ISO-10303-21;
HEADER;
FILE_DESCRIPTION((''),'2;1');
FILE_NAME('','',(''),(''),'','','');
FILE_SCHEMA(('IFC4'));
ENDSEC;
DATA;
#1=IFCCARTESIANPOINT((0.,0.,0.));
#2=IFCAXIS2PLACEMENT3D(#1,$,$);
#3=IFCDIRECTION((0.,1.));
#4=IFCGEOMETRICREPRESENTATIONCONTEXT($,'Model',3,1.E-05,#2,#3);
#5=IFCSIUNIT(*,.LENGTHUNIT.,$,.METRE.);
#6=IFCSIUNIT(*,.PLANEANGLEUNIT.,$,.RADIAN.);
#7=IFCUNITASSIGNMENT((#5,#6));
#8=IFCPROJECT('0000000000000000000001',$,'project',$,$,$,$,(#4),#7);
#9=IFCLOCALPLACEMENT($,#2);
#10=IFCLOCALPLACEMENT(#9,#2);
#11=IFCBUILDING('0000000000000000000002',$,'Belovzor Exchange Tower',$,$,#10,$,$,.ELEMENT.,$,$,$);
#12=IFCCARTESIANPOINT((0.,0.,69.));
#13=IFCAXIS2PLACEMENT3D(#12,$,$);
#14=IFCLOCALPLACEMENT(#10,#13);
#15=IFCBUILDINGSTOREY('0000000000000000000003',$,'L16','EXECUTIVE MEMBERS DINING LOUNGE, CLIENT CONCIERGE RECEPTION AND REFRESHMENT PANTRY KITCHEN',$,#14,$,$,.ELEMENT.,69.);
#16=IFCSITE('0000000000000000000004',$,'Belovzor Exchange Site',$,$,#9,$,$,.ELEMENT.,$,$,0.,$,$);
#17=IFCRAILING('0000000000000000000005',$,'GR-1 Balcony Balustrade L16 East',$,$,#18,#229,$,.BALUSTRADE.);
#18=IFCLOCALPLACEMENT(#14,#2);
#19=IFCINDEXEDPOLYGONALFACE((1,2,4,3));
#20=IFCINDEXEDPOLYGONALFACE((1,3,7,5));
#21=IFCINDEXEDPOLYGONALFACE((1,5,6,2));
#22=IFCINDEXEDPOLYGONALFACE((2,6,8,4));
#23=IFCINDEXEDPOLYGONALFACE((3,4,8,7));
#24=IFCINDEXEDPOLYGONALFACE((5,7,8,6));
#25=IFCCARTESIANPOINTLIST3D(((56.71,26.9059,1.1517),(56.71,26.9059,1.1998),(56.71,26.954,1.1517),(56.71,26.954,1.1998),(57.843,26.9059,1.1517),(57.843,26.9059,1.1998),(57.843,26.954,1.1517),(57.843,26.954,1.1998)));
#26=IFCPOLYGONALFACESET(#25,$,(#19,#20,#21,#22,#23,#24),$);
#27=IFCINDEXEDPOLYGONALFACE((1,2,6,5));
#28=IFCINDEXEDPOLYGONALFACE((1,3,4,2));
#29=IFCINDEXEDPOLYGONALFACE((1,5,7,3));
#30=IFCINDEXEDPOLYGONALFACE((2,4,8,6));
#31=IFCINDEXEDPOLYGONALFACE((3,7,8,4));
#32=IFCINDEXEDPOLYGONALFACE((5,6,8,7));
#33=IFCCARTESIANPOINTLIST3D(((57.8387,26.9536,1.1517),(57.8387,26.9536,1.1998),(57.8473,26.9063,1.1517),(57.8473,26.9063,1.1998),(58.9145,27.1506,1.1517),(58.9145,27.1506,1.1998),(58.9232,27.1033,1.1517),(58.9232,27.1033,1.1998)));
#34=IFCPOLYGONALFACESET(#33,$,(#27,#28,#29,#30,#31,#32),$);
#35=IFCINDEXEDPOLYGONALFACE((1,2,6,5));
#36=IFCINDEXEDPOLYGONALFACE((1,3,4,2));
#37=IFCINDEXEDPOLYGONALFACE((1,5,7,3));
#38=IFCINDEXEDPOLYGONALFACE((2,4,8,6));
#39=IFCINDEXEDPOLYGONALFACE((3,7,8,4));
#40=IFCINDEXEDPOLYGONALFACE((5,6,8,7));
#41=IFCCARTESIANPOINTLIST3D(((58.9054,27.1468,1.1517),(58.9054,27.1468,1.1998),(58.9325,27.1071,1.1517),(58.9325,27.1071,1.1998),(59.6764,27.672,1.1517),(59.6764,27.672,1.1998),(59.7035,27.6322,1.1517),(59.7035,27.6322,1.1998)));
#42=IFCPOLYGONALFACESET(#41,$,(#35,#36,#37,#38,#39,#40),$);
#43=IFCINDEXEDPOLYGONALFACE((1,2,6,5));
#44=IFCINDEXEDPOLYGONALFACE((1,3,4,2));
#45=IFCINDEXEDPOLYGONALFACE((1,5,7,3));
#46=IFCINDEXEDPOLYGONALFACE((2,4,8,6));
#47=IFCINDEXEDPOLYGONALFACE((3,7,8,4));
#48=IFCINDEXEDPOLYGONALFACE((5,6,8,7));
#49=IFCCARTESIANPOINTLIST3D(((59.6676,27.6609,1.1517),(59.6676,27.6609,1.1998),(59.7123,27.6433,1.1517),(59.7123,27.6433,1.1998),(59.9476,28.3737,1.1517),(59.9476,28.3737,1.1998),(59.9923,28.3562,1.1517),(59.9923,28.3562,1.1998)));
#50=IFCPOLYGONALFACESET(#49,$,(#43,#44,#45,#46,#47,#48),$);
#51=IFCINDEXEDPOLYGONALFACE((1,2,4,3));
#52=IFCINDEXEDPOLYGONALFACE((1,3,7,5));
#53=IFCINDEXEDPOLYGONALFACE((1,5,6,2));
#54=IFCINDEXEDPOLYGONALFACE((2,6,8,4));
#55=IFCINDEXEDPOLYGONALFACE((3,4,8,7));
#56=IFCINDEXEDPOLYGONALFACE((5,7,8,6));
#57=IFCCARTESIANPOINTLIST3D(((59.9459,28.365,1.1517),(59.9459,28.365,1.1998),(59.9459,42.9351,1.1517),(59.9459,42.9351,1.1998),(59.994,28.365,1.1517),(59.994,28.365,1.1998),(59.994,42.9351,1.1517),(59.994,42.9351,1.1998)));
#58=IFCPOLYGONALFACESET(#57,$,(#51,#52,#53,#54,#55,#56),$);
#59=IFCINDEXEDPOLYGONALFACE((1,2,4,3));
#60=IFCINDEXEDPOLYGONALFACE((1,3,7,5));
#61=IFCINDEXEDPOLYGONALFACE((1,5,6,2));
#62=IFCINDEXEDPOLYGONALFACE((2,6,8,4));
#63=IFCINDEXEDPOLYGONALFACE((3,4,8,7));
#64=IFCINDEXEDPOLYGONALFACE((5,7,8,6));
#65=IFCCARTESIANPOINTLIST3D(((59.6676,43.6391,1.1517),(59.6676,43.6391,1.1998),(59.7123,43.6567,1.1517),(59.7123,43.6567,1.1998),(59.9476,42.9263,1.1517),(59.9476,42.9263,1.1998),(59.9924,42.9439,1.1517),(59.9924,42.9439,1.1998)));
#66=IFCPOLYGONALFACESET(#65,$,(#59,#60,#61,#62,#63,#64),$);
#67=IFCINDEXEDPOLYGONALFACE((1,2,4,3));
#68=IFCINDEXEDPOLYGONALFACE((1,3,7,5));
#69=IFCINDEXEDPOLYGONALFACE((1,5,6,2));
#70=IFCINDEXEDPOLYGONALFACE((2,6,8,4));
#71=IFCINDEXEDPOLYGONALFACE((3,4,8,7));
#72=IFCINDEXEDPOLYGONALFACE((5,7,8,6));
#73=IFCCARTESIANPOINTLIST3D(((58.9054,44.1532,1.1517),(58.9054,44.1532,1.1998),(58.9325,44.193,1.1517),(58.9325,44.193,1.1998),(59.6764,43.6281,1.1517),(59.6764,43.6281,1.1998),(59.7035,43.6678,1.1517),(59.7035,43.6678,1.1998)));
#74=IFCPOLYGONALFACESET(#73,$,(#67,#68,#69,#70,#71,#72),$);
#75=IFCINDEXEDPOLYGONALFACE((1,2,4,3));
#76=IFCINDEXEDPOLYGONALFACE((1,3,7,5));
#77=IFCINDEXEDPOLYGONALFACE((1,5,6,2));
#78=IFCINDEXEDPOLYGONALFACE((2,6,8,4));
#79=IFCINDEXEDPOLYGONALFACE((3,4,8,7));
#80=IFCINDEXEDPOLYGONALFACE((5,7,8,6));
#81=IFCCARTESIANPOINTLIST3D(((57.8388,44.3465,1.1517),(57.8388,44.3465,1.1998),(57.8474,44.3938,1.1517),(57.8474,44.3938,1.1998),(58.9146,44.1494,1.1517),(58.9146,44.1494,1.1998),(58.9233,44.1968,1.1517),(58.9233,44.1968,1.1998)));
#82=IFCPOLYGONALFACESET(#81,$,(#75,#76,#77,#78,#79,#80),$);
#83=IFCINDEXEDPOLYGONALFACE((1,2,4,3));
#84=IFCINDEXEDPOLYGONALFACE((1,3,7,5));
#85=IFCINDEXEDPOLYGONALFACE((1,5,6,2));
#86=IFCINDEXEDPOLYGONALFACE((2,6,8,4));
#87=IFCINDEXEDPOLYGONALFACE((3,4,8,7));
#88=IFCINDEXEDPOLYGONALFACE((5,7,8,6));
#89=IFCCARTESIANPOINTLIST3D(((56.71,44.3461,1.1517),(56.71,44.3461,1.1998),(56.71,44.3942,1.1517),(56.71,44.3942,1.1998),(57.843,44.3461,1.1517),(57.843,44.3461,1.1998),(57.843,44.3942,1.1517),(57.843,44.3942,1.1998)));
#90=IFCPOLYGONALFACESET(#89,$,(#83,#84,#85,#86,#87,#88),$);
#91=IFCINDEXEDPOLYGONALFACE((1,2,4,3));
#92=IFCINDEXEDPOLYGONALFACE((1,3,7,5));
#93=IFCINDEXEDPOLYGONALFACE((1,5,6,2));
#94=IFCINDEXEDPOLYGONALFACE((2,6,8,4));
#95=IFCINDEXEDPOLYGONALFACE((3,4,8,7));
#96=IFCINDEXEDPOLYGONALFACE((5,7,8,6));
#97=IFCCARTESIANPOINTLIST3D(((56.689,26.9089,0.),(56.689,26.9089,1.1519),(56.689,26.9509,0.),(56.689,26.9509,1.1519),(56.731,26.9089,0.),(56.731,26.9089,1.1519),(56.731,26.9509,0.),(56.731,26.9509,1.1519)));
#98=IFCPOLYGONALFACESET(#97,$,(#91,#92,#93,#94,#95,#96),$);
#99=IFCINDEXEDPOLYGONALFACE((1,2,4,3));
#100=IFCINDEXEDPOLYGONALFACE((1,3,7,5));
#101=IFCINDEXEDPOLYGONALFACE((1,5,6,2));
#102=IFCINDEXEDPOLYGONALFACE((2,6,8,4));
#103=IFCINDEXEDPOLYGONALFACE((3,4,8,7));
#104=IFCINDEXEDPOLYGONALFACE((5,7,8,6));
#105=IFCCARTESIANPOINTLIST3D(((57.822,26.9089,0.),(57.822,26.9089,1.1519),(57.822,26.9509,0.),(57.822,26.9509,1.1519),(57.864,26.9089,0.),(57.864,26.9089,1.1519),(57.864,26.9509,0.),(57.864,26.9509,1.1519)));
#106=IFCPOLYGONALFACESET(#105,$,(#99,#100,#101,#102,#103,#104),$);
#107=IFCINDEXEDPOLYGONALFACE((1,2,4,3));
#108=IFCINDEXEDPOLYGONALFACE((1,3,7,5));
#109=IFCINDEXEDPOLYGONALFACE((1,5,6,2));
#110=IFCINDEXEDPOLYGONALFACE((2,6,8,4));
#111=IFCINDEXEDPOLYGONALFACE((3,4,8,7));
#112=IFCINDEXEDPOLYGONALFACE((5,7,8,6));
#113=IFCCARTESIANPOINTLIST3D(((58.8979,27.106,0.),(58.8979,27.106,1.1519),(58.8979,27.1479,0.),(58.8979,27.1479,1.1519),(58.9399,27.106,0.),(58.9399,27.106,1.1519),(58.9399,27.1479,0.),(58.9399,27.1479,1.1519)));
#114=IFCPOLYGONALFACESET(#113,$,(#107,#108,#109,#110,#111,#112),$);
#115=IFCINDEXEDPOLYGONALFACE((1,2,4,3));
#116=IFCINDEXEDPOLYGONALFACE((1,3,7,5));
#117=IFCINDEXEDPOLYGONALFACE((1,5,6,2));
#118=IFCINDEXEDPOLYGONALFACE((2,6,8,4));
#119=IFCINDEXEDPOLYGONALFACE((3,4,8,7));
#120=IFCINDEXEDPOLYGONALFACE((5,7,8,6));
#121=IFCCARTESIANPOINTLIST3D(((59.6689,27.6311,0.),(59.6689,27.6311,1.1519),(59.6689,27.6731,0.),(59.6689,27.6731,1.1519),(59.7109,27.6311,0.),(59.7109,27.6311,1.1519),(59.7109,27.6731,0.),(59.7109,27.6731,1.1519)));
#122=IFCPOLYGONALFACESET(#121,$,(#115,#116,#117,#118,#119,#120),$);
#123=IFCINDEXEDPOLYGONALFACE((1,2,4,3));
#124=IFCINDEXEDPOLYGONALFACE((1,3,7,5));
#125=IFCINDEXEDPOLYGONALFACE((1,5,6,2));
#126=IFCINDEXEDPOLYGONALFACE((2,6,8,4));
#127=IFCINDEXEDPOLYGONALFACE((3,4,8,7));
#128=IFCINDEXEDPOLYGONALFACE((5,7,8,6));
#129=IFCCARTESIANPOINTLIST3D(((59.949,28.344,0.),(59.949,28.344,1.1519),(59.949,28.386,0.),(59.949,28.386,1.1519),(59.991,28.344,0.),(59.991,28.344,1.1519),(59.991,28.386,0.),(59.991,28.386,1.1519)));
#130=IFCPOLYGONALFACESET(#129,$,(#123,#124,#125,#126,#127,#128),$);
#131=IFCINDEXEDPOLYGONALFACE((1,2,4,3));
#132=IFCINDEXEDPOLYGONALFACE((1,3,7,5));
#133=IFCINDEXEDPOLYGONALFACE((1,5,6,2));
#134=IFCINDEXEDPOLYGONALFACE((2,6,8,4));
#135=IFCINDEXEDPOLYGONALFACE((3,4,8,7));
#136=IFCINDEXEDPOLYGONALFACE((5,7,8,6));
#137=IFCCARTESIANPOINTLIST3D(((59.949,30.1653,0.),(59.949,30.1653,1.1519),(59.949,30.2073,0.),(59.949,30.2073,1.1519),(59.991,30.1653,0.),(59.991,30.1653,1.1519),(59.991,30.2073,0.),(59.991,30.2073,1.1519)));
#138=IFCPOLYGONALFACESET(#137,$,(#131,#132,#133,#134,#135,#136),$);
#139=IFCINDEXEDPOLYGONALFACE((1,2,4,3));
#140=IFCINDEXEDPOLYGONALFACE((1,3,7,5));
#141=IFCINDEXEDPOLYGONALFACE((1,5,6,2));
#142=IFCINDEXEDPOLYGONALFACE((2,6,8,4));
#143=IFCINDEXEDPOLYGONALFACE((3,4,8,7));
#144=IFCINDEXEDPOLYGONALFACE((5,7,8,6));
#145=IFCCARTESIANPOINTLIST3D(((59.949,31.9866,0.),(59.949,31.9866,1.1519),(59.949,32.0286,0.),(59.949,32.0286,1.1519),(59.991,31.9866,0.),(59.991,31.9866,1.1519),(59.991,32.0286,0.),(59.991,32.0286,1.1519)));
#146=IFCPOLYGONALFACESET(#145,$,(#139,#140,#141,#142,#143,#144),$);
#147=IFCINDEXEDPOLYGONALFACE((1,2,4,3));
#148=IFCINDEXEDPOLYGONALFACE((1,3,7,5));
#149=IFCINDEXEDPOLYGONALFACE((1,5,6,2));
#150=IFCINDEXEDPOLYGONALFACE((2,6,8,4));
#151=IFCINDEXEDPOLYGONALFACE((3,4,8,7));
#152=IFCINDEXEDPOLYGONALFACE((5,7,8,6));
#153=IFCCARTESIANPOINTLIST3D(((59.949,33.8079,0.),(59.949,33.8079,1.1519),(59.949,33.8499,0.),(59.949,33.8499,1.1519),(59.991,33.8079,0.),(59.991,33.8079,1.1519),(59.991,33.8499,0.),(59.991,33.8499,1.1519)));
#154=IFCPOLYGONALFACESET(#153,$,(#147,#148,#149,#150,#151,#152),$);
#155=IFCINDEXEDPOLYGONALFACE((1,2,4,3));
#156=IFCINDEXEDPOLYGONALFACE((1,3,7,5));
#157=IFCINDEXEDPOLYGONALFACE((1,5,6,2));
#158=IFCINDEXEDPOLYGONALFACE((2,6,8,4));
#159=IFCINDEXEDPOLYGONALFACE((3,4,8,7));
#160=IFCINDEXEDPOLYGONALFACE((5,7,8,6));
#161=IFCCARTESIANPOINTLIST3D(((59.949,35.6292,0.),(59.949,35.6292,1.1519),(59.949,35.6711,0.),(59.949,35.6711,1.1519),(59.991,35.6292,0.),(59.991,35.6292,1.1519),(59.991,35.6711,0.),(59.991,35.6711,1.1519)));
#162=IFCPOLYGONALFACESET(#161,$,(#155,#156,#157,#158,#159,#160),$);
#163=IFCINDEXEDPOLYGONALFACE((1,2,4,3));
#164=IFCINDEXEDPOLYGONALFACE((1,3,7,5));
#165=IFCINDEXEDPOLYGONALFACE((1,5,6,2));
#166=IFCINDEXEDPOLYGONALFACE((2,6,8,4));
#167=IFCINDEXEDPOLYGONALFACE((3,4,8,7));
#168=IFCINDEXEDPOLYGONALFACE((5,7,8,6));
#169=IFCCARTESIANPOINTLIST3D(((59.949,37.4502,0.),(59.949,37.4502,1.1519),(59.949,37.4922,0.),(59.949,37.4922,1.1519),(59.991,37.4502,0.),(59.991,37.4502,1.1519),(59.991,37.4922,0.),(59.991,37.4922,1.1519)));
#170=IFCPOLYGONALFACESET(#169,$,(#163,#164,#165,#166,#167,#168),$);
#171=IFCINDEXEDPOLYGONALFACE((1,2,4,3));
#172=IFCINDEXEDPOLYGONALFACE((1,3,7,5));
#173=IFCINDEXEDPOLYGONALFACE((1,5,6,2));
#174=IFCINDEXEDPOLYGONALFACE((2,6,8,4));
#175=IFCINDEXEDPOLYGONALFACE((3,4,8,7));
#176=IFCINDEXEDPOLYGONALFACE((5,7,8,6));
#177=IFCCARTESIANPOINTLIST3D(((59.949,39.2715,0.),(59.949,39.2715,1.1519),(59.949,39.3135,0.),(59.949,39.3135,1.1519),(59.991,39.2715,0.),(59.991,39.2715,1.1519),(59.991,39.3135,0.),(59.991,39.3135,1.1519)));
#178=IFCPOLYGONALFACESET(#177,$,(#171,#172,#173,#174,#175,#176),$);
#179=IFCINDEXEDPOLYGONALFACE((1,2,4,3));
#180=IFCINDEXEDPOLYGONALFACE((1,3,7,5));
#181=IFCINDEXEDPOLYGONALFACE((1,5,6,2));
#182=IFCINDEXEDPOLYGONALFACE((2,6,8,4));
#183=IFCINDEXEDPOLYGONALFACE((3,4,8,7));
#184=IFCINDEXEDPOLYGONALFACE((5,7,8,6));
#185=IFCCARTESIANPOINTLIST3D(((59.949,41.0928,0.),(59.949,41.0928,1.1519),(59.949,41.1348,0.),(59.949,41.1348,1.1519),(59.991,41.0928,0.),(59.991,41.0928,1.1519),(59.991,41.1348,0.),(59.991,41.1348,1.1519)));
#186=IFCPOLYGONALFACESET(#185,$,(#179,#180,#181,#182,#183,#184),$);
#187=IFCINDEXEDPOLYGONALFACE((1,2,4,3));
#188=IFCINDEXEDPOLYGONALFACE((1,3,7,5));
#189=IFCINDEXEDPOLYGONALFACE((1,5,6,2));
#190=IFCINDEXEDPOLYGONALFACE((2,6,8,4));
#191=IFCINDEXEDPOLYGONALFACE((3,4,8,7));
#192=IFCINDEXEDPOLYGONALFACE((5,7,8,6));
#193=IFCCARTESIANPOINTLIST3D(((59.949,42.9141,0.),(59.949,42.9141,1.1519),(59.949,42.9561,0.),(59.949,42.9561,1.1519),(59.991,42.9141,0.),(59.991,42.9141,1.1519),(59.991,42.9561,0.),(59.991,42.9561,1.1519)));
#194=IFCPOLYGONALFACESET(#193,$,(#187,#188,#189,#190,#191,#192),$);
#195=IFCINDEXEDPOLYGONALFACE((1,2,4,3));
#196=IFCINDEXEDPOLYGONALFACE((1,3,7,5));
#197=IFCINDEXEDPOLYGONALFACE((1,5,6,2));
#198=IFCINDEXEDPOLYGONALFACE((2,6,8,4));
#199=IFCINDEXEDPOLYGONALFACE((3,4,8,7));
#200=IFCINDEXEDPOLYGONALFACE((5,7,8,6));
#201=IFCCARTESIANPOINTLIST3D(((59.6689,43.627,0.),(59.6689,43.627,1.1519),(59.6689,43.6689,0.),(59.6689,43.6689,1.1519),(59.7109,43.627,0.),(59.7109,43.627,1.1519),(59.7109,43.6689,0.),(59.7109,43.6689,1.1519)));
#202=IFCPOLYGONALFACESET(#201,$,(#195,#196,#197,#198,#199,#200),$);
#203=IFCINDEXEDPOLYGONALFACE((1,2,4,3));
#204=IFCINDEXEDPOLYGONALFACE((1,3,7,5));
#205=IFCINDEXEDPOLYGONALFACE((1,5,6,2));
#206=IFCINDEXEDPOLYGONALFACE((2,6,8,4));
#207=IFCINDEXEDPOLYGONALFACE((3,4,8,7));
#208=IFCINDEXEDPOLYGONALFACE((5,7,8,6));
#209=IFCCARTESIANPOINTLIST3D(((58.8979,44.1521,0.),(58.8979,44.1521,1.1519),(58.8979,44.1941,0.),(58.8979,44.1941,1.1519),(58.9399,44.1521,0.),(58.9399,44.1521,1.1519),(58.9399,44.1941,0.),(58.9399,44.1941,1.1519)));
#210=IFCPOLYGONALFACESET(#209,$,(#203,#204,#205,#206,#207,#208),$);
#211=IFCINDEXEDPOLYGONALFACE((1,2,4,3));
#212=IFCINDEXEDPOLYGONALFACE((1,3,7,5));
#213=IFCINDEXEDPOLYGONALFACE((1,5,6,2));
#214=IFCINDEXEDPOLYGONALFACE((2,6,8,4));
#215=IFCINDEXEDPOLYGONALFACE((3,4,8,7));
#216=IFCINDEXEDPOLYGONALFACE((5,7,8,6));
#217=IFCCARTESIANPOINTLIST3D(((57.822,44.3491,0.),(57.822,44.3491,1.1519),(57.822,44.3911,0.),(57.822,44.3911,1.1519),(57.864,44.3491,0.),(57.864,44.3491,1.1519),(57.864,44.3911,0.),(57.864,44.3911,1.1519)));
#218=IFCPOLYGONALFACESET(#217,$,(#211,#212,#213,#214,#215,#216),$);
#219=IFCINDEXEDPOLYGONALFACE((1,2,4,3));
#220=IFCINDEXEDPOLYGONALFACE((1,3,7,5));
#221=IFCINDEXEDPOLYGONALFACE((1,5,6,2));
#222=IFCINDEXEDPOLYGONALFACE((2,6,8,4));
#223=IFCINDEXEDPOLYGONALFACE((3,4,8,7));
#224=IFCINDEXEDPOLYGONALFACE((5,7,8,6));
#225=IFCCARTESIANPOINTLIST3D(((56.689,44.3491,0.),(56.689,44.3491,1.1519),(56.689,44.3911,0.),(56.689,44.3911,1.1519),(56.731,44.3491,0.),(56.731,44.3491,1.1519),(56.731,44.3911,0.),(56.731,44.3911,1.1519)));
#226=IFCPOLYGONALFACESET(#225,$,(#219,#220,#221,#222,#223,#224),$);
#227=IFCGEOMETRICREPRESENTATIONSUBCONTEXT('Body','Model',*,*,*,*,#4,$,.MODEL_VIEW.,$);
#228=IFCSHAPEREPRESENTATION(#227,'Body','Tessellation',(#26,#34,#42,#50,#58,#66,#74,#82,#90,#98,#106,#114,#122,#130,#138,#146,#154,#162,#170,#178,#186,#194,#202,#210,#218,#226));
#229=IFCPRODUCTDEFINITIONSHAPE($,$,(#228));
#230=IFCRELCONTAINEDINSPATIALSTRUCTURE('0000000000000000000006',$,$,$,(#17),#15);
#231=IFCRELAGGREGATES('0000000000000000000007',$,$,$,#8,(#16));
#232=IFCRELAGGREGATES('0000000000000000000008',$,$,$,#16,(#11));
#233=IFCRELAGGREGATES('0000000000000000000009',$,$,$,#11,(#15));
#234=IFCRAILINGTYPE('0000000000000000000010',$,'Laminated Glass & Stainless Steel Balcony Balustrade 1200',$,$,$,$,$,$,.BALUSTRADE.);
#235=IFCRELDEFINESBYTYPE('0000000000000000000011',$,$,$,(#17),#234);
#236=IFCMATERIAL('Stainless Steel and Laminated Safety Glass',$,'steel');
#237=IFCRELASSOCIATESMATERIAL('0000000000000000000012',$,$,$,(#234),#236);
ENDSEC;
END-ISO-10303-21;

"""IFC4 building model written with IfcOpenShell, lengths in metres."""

from ifc_helpers import new_model, si_unit, direction, frame, origin, origin_2d, place, context, subcontext, project, spatial, rectangle, extrude, material, type_object, element, save


model = new_model("IFC4")

# Units and contexts
model_context = context("Model", 3, precision=1e-05, world=origin(), true_north=direction((0.0, 1.0)))
body_context = subcontext(model_context, "Body", "Model", "MODEL_VIEW")
ifc_project = project(units=[si_unit("LENGTHUNIT", "METRE"), si_unit("PLANEANGLEUNIT", "RADIAN")], contexts=[model_context])

# Site, building, storey
site_placement = place(None, origin())
site = spatial("IfcSite", under=ifc_project, at=site_placement, Name="Belovzor Exchange Site", CompositionType="ELEMENT", RefElevation=0.0)
building_placement = place(site_placement, origin())
building = spatial("IfcBuilding", under=site, at=building_placement, Name="Belovzor Exchange Tower", CompositionType="ELEMENT")
storey_placement = place(building_placement, frame((0.0, 0.0, 69.0)))
storey = spatial("IfcBuildingStorey", under=building, at=storey_placement, Name="L16", Description="EXECUTIVE MEMBERS DINING LOUNGE, CLIENT CONCIERGE RECEPTION AND REFRESHMENT PANTRY KITCHEN", CompositionType="ELEMENT", Elevation=69.0)

# Railing
ifc_material_1 = material(Name="Stainless Steel and Laminated Safety Glass", Category="steel")
railing_type = type_object("IfcRailingType", Name="Laminated Glass & Stainless Steel Balcony Balustrade 1200", PredefinedType="BALUSTRADE", material=ifc_material_1)
railing_placement = place(storey_placement, frame((56.71, 26.9299, 0.0)))
element("IfcRailing", 1, at=railing_placement, inside=storey, type_object=railing_type, Name="GR-1 Balcony Balustrade L16 East", PredefinedType="BALUSTRADE", context=body_context, shape_type="SweptSolid", body=[
    extrude(rectangle(XDim=0.0481, YDim=0.0481, at=origin_2d()), frame((0.0, 0.0, 1.1758), z_axis=(1.0, 0.0, 0.0), x_axis=(0.0, 1.0, 0.0)), (0.0, 0.0, 1.0), 1.1331),
    extrude(rectangle(XDim=0.0481, YDim=0.0481, at=origin_2d()), frame((1.1331, 0.0, 1.1758), z_axis=(0.983644, 0.180123, 0.0), x_axis=(-0.180123, 0.983644, 0.0)), (0.0, 0.0, 1.0), 1.0938),
    extrude(rectangle(XDim=0.0481, YDim=0.0481, at=origin_2d()), frame((2.209, 0.197, 1.1758), z_axis=(0.826493, 0.562947, 0.0), x_axis=(-0.562947, 0.826493, 0.0)), (0.0, 0.0, 1.0), 0.9329),
    extrude(rectangle(XDim=0.0481, YDim=0.0481, at=origin_2d()), frame((2.98, 0.7222, 1.1758), z_axis=(0.365613, 0.930767, 0.0), x_axis=(-0.930767, 0.365613, 0.0)), (0.0, 0.0, 1.0), 0.7659),
    extrude(rectangle(XDim=0.0481, YDim=0.0481, at=origin_2d()), frame((3.26, 1.4351, 1.1758), z_axis=(0.0, 1.0, 0.0), x_axis=(-1.0, 0.0, 0.0)), (0.0, 0.0, 1.0), 14.5701),
    extrude(rectangle(XDim=0.0481, YDim=0.0481, at=origin_2d()), frame((3.26, 16.0051, 1.1758), z_axis=(-0.365613, 0.930767, 0.0), x_axis=(-0.930767, -0.365613, 0.0)), (0.0, 0.0, 1.0), 0.7659),
    extrude(rectangle(XDim=0.0481, YDim=0.0481, at=origin_2d()), frame((2.98, 16.718, 1.1758), z_axis=(-0.826493, 0.562947, 0.0), x_axis=(-0.562947, -0.826493, 0.0)), (0.0, 0.0, 1.0), 0.9329),
    extrude(rectangle(XDim=0.0481, YDim=0.0481, at=origin_2d()), frame((2.209, 17.2432, 1.1758), z_axis=(-0.983644, 0.180123, 0.0), x_axis=(-0.180123, -0.983644, 0.0)), (0.0, 0.0, 1.0), 1.0938),
    extrude(rectangle(XDim=0.0481, YDim=0.0481, at=origin_2d()), frame((1.1331, 17.4402, 1.1758), z_axis=(-1.0, 0.0, 0.0), x_axis=(0.0, -1.0, 0.0)), (0.0, 0.0, 1.0), 1.1331),
    extrude(rectangle(XDim=0.042, YDim=0.042, at=origin_2d()), origin(), (0.0, 0.0, 1.0), 1.1519),
    extrude(rectangle(XDim=0.042, YDim=0.042, at=origin_2d()), frame((1.1331, 0.0, 0.0)), (0.0, 0.0, 1.0), 1.1519),
    extrude(rectangle(XDim=0.042, YDim=0.042, at=origin_2d()), frame((2.209, 0.197, 0.0)), (0.0, 0.0, 1.0), 1.1519),
    extrude(rectangle(XDim=0.042, YDim=0.042, at=origin_2d()), frame((2.98, 0.7222, 0.0)), (0.0, 0.0, 1.0), 1.1519),
    extrude(rectangle(XDim=0.042, YDim=0.042, at=origin_2d()), frame((3.26, 1.4351, 0.0)), (0.0, 0.0, 1.0), 1.1519),
    extrude(rectangle(XDim=0.042, YDim=0.042, at=origin_2d()), frame((3.26, 3.2563, 0.0)), (0.0, 0.0, 1.0), 1.1519),
    extrude(rectangle(XDim=0.042, YDim=0.042, at=origin_2d()), frame((3.26, 5.0776, 0.0)), (0.0, 0.0, 1.0), 1.1519),
    extrude(rectangle(XDim=0.042, YDim=0.042, at=origin_2d()), frame((3.26, 6.8989, 0.0)), (0.0, 0.0, 1.0), 1.1519),
    extrude(rectangle(XDim=0.042, YDim=0.042, at=origin_2d()), frame((3.26, 8.7202, 0.0)), (0.0, 0.0, 1.0), 1.1519),
    extrude(rectangle(XDim=0.042, YDim=0.042, at=origin_2d()), frame((3.26, 10.5413, 0.0)), (0.0, 0.0, 1.0), 1.1519),
    extrude(rectangle(XDim=0.042, YDim=0.042, at=origin_2d()), frame((3.26, 12.3625, 0.0)), (0.0, 0.0, 1.0), 1.1519),
    extrude(rectangle(XDim=0.042, YDim=0.042, at=origin_2d()), frame((3.26, 14.1838, 0.0)), (0.0, 0.0, 1.0), 1.1519),
    extrude(rectangle(XDim=0.042, YDim=0.042, at=origin_2d()), frame((3.26, 16.0051, 0.0)), (0.0, 0.0, 1.0), 1.1519),
    extrude(rectangle(XDim=0.042, YDim=0.042, at=origin_2d()), frame((2.98, 16.718, 0.0)), (0.0, 0.0, 1.0), 1.1519),
    extrude(rectangle(XDim=0.042, YDim=0.042, at=origin_2d()), frame((2.209, 17.2432, 0.0)), (0.0, 0.0, 1.0), 1.1519),
    extrude(rectangle(XDim=0.042, YDim=0.042, at=origin_2d()), frame((1.1331, 17.4402, 0.0)), (0.0, 0.0, 1.0), 1.1519),
    extrude(rectangle(XDim=0.042, YDim=0.042, at=origin_2d()), frame((0.0, 17.4402, 0.0)), (0.0, 0.0, 1.0), 1.1519),
])

save(model, "model.ifc")
